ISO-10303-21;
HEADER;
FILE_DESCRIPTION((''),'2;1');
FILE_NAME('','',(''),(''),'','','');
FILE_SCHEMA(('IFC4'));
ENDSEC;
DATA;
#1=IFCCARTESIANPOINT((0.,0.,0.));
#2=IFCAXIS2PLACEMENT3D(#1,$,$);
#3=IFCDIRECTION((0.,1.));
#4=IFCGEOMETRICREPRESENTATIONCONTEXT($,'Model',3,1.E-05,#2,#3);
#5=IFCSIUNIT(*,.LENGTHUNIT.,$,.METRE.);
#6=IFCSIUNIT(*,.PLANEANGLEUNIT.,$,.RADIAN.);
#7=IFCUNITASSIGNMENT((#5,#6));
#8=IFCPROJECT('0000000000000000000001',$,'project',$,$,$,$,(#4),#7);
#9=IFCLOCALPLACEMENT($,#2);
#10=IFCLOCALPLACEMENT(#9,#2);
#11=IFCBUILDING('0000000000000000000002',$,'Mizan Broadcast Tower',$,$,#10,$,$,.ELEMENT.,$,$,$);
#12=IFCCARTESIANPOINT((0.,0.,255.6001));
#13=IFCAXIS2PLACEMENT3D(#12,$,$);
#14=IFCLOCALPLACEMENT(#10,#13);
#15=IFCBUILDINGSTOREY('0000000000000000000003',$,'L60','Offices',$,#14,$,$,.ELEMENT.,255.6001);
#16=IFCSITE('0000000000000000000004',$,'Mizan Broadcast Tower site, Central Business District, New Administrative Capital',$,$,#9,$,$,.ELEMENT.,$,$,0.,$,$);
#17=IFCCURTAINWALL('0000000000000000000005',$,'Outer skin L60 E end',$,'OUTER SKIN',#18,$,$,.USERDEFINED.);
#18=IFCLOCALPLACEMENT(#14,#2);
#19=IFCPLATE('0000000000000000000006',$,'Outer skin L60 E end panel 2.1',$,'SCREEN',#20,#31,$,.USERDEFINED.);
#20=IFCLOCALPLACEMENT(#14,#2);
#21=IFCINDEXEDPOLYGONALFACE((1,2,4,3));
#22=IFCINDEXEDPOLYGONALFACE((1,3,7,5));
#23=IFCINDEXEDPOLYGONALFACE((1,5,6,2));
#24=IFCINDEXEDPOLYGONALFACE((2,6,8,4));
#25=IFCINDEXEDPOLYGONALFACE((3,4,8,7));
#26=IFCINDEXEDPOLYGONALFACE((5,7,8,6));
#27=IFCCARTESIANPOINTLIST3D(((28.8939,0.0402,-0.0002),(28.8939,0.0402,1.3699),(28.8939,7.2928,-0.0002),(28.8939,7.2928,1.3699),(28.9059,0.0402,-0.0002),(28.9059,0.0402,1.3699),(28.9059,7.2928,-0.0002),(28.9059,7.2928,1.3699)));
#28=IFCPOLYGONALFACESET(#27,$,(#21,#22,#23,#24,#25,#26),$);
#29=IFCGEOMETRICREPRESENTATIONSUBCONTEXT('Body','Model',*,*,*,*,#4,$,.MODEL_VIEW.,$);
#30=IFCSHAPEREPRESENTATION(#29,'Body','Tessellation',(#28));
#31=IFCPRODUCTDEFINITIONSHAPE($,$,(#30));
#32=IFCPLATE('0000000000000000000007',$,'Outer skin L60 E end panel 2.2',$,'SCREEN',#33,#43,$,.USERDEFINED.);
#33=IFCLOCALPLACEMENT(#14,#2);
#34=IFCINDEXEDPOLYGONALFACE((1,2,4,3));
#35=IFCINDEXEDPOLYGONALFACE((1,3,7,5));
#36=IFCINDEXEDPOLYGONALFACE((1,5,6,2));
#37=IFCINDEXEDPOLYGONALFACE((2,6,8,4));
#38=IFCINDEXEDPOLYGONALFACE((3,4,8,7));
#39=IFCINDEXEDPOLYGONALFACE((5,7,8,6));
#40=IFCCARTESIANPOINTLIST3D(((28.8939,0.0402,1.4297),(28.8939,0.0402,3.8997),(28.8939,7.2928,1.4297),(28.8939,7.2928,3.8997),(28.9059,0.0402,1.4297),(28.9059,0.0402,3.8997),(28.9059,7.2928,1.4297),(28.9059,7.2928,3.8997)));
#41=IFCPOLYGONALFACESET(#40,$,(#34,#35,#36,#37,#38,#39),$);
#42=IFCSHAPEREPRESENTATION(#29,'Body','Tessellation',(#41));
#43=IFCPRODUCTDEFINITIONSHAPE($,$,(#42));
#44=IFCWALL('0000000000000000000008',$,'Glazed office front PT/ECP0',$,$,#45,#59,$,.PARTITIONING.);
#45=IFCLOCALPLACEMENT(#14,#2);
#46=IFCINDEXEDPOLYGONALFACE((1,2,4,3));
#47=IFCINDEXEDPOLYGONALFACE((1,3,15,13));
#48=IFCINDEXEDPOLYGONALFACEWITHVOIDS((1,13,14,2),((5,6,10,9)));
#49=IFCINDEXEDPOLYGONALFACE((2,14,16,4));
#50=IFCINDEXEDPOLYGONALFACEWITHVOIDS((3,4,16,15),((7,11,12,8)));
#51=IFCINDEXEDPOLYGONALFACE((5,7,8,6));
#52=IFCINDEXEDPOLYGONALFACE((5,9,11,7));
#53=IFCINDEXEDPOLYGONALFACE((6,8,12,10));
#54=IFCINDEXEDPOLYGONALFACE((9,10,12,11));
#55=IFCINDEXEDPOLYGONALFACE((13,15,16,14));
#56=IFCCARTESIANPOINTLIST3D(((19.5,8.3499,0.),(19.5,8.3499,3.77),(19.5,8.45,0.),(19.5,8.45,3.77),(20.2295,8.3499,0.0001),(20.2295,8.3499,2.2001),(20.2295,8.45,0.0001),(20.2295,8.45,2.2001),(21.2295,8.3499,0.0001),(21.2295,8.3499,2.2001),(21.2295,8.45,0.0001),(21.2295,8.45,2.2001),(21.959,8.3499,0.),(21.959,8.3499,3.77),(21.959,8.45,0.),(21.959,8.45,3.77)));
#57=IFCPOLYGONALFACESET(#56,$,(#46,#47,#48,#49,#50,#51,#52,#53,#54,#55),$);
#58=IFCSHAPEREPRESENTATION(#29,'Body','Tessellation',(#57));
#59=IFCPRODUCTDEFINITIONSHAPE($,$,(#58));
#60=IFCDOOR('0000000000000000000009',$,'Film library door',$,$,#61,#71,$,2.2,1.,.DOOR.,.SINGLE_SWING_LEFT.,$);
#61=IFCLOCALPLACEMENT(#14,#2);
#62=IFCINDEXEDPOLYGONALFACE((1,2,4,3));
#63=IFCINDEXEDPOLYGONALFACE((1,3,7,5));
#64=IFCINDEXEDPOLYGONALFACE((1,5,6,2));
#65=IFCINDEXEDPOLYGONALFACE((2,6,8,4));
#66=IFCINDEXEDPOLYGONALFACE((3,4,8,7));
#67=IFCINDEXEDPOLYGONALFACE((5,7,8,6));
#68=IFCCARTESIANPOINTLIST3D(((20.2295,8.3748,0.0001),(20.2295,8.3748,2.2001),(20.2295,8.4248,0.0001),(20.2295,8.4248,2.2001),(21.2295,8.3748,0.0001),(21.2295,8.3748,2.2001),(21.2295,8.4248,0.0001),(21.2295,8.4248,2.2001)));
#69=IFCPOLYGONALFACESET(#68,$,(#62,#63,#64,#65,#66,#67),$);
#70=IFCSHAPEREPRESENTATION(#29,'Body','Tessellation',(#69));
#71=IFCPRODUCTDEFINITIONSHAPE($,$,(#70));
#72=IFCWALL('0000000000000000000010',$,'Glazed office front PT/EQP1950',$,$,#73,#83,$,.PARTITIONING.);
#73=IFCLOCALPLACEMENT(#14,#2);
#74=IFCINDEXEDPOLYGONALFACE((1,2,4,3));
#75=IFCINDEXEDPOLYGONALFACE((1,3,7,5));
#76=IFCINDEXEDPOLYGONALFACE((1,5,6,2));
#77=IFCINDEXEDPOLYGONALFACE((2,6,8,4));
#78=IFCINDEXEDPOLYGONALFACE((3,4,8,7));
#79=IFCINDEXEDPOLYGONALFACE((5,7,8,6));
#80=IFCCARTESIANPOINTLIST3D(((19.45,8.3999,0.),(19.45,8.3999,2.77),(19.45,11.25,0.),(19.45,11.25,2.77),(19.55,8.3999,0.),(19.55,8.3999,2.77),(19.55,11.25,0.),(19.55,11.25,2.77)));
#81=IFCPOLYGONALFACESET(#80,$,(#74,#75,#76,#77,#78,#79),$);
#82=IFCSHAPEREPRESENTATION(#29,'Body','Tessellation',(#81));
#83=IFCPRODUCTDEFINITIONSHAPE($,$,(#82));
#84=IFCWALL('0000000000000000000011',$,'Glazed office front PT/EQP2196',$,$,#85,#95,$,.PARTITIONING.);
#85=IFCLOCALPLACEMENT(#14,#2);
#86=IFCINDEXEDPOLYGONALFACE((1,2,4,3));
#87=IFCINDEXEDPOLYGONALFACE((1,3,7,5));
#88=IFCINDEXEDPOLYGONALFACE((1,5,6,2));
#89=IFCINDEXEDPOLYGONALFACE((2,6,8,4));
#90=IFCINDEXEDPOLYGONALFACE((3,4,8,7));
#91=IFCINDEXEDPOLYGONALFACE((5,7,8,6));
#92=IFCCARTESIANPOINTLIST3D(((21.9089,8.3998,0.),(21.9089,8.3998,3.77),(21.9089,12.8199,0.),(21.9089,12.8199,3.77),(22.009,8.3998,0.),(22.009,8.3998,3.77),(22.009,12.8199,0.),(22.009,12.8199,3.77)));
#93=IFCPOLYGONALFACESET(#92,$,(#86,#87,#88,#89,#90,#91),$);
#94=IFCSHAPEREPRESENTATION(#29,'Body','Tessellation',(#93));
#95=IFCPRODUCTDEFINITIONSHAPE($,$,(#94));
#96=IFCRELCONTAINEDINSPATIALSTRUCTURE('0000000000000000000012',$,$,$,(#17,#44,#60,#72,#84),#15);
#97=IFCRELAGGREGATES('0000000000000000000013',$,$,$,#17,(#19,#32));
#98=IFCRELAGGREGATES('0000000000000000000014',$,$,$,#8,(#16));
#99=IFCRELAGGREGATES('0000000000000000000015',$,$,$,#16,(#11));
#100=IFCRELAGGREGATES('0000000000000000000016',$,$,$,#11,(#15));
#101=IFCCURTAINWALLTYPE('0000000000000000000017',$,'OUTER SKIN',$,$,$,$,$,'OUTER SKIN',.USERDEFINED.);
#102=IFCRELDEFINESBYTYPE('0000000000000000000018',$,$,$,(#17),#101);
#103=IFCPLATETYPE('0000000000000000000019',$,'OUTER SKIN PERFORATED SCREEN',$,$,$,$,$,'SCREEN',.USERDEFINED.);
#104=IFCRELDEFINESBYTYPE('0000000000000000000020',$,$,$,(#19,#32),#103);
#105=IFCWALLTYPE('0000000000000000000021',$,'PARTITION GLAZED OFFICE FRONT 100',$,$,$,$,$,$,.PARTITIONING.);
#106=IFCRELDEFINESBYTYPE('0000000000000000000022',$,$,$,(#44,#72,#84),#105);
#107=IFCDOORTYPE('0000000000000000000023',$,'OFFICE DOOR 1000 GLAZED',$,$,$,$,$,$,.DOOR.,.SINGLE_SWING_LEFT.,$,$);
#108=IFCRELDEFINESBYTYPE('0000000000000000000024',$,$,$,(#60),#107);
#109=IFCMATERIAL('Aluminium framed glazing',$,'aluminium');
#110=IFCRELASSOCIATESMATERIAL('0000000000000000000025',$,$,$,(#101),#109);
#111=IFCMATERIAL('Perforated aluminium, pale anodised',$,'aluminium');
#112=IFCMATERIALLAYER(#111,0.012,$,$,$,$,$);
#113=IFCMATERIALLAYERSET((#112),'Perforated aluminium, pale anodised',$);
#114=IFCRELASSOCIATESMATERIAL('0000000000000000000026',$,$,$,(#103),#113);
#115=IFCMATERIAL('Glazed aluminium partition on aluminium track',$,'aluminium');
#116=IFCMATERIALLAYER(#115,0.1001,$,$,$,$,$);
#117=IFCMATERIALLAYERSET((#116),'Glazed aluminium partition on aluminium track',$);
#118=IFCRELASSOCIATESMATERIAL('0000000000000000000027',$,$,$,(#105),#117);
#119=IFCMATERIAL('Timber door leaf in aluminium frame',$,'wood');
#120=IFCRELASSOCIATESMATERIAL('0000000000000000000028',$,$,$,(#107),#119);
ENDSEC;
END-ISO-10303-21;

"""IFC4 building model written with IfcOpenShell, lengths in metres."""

from ifc_helpers import new_model, si_unit, direction, frame, frame_2d, origin, origin_2d, place, context, subcontext, project, spatial, rectangle, extrude, material, layer, layer_set, type_object, element, fill, aggregate, save


model = new_model("IFC4")

# Units and contexts
model_context = context("Model", 3, precision=1e-05, world=origin(), true_north=direction((0.0, 1.0)))
body_context = subcontext(model_context, "Body", "Model", "MODEL_VIEW")
ifc_project = project(units=[si_unit("LENGTHUNIT", "METRE"), si_unit("PLANEANGLEUNIT", "RADIAN")], contexts=[model_context])

# Site, building, storey
site_placement = place(None, origin())
site = spatial("IfcSite", under=ifc_project, at=site_placement, Name="Mizan Broadcast Tower site, Central Business District, New Administrative Capital", CompositionType="ELEMENT", RefElevation=0.0)
building_placement = place(site_placement, origin())
building = spatial("IfcBuilding", under=site, at=building_placement, Name="Mizan Broadcast Tower", CompositionType="ELEMENT")
storey_placement = place(building_placement, frame((0.0, 0.0, 255.6001)))
storey = spatial("IfcBuildingStorey", under=building, at=storey_placement, Name="L60", Description="Offices", CompositionType="ELEMENT", Elevation=255.6001)

# Curtain wall
ifc_material_1 = material(Name="Aluminium framed glazing", Category="aluminium")
curtain_wall_type_1 = type_object("IfcCurtainWallType", Name="OUTER SKIN", ElementType="OUTER SKIN", PredefinedType="USERDEFINED", material=ifc_material_1)
curtain_wall_1_placement = place(storey_placement, origin())
curtain_wall_1 = element("IfcCurtainWall", 1, at=curtain_wall_1_placement, inside=storey, type_object=curtain_wall_type_1, Name="Outer skin L60 E end", ObjectType="OUTER SKIN", PredefinedType="USERDEFINED")

# Plates
ifc_material_2 = material(Name="Perforated aluminium, pale anodised", Category="aluminium")
ifc_layer_1 = layer(ifc_material_2, 0.012)
ifc_layer_set_1 = layer_set([ifc_layer_1], Name="Perforated aluminium, pale anodised")
plate_type_1 = type_object("IfcPlateType", Name="OUTER SKIN PERFORATED SCREEN", ElementType="SCREEN", PredefinedType="USERDEFINED", material=ifc_layer_set_1)
plate_1_placement = place(storey_placement, frame((28.8999, 3.6665, -0.0002), z_axis=(0.0, 0.0, 1.0), x_axis=(0.0, 1.0, 0.0)))
plate_1 = element("IfcPlate", 2, at=plate_1_placement, type_object=plate_type_1, Name="Outer skin L60 E end panel 2.1", ObjectType="SCREEN", PredefinedType="USERDEFINED", context=body_context, shape_type="SweptSolid", body=[
    extrude(rectangle(XDim=7.2527, YDim=0.012, at=origin_2d()), origin(), (0.0, 0.0, 1.0), 1.3701),
])
plate_2_placement = place(storey_placement, frame((28.8999, 3.6665, 1.4297), z_axis=(0.0, 0.0, 1.0), x_axis=(0.0, 1.0, 0.0)))
plate_2 = element("IfcPlate", 3, at=plate_2_placement, type_object=plate_type_1, Name="Outer skin L60 E end panel 2.2", ObjectType="SCREEN", PredefinedType="USERDEFINED", context=body_context, shape_type="SweptSolid", body=[
    extrude(rectangle(XDim=7.2527, YDim=0.012, at=origin_2d()), origin(), (0.0, 0.0, 1.0), 2.47),
])
aggregate(curtain_wall_1, [plate_1, plate_2])

# Wall, opening, door
ifc_material_3 = material(Name="Glazed aluminium partition on aluminium track", Category="aluminium")
ifc_layer_2 = layer(ifc_material_3, 0.1001)
ifc_layer_set_2 = layer_set([ifc_layer_2], Name="Glazed aluminium partition on aluminium track")
wall_type = type_object("IfcWallType", Name="PARTITION GLAZED OFFICE FRONT 100", PredefinedType="PARTITIONING", material=ifc_layer_set_2)
wall_1_placement = place(storey_placement, frame((19.5, 8.3999, 0.0), z_axis=(0.0, 0.0, 1.0), x_axis=(1.0, 0.0, 0.0)))
wall_1 = element("IfcWall", 4, at=wall_1_placement, inside=storey, type_object=wall_type, Name="Glazed office front PT/ECP0", PredefinedType="PARTITIONING", context=body_context, shape_type="SweptSolid", body=[
    extrude(rectangle(XDim=2.459, YDim=0.1001, at=frame_2d((1.2295, 0.0))), origin(), (0.0, 0.0, 1.0), 3.77),
])
opening_placement = place(wall_1_placement, frame((0.7295, 0.0, 0.0)))
opening = element("IfcOpeningElement", 5, at=opening_placement, cuts=wall_1, PredefinedType="OPENING", context=body_context, shape_type="SweptSolid", body=[
    extrude(rectangle(XDim=1.0, YDim=2.2, at=frame_2d((0.5, 1.1001))), frame((0.0, 0.0601, 0.0), z_axis=(0.0, -1.0, 0.0), x_axis=(1.0, 0.0, 0.0)), (0.0, 0.0, 1.0), 0.1201),
])
ifc_material_4 = material(Name="Timber door leaf in aluminium frame", Category="wood")
door_type = type_object("IfcDoorType", Name="OFFICE DOOR 1000 GLAZED", OperationType="SINGLE_SWING_LEFT", PredefinedType="DOOR", material=ifc_material_4)
door_placement = place(opening_placement, origin())
door = element("IfcDoor", 6, at=door_placement, inside=storey, type_object=door_type, Name="Film library door", OperationType="SINGLE_SWING_LEFT", OverallHeight=2.2, OverallWidth=1.0, PredefinedType="DOOR", context=body_context, shape_type="SweptSolid", body=[
    extrude(rectangle(XDim=1.0, YDim=2.2, at=frame_2d((0.5, 1.1001))), frame((0.0, 0.0249, 0.0), z_axis=(0.0, -1.0, 0.0), x_axis=(1.0, 0.0, 0.0)), (0.0, 0.0, 1.0), 0.05),
])
fill(opening, door)

# Walls
wall_2_placement = place(storey_placement, frame((19.5, 8.3999, 0.0), z_axis=(0.0, 0.0, 1.0), x_axis=(0.0, 1.0, 0.0)))
element("IfcWall", 7, at=wall_2_placement, inside=storey, type_object=wall_type, Name="Glazed office front PT/EQP1950", PredefinedType="PARTITIONING", context=body_context, shape_type="SweptSolid", body=[
    extrude(rectangle(XDim=2.8501, YDim=0.1001, at=frame_2d((1.425, 0.0))), origin(), (0.0, 0.0, 1.0), 2.77),
])
wall_3_placement = place(storey_placement, frame((21.959, 8.3999, 0.0), z_axis=(0.0, 0.0, 1.0), x_axis=(0.0, 1.0, 0.0)))
element("IfcWall", 8, at=wall_3_placement, inside=storey, type_object=wall_type, Name="Glazed office front PT/EQP2196", PredefinedType="PARTITIONING", context=body_context, shape_type="SweptSolid", body=[
    extrude(rectangle(XDim=4.4202, YDim=0.1001, at=frame_2d((2.21, 0.0))), origin(), (0.0, 0.0, 1.0), 3.77),
])

save(model, "model.ifc")
